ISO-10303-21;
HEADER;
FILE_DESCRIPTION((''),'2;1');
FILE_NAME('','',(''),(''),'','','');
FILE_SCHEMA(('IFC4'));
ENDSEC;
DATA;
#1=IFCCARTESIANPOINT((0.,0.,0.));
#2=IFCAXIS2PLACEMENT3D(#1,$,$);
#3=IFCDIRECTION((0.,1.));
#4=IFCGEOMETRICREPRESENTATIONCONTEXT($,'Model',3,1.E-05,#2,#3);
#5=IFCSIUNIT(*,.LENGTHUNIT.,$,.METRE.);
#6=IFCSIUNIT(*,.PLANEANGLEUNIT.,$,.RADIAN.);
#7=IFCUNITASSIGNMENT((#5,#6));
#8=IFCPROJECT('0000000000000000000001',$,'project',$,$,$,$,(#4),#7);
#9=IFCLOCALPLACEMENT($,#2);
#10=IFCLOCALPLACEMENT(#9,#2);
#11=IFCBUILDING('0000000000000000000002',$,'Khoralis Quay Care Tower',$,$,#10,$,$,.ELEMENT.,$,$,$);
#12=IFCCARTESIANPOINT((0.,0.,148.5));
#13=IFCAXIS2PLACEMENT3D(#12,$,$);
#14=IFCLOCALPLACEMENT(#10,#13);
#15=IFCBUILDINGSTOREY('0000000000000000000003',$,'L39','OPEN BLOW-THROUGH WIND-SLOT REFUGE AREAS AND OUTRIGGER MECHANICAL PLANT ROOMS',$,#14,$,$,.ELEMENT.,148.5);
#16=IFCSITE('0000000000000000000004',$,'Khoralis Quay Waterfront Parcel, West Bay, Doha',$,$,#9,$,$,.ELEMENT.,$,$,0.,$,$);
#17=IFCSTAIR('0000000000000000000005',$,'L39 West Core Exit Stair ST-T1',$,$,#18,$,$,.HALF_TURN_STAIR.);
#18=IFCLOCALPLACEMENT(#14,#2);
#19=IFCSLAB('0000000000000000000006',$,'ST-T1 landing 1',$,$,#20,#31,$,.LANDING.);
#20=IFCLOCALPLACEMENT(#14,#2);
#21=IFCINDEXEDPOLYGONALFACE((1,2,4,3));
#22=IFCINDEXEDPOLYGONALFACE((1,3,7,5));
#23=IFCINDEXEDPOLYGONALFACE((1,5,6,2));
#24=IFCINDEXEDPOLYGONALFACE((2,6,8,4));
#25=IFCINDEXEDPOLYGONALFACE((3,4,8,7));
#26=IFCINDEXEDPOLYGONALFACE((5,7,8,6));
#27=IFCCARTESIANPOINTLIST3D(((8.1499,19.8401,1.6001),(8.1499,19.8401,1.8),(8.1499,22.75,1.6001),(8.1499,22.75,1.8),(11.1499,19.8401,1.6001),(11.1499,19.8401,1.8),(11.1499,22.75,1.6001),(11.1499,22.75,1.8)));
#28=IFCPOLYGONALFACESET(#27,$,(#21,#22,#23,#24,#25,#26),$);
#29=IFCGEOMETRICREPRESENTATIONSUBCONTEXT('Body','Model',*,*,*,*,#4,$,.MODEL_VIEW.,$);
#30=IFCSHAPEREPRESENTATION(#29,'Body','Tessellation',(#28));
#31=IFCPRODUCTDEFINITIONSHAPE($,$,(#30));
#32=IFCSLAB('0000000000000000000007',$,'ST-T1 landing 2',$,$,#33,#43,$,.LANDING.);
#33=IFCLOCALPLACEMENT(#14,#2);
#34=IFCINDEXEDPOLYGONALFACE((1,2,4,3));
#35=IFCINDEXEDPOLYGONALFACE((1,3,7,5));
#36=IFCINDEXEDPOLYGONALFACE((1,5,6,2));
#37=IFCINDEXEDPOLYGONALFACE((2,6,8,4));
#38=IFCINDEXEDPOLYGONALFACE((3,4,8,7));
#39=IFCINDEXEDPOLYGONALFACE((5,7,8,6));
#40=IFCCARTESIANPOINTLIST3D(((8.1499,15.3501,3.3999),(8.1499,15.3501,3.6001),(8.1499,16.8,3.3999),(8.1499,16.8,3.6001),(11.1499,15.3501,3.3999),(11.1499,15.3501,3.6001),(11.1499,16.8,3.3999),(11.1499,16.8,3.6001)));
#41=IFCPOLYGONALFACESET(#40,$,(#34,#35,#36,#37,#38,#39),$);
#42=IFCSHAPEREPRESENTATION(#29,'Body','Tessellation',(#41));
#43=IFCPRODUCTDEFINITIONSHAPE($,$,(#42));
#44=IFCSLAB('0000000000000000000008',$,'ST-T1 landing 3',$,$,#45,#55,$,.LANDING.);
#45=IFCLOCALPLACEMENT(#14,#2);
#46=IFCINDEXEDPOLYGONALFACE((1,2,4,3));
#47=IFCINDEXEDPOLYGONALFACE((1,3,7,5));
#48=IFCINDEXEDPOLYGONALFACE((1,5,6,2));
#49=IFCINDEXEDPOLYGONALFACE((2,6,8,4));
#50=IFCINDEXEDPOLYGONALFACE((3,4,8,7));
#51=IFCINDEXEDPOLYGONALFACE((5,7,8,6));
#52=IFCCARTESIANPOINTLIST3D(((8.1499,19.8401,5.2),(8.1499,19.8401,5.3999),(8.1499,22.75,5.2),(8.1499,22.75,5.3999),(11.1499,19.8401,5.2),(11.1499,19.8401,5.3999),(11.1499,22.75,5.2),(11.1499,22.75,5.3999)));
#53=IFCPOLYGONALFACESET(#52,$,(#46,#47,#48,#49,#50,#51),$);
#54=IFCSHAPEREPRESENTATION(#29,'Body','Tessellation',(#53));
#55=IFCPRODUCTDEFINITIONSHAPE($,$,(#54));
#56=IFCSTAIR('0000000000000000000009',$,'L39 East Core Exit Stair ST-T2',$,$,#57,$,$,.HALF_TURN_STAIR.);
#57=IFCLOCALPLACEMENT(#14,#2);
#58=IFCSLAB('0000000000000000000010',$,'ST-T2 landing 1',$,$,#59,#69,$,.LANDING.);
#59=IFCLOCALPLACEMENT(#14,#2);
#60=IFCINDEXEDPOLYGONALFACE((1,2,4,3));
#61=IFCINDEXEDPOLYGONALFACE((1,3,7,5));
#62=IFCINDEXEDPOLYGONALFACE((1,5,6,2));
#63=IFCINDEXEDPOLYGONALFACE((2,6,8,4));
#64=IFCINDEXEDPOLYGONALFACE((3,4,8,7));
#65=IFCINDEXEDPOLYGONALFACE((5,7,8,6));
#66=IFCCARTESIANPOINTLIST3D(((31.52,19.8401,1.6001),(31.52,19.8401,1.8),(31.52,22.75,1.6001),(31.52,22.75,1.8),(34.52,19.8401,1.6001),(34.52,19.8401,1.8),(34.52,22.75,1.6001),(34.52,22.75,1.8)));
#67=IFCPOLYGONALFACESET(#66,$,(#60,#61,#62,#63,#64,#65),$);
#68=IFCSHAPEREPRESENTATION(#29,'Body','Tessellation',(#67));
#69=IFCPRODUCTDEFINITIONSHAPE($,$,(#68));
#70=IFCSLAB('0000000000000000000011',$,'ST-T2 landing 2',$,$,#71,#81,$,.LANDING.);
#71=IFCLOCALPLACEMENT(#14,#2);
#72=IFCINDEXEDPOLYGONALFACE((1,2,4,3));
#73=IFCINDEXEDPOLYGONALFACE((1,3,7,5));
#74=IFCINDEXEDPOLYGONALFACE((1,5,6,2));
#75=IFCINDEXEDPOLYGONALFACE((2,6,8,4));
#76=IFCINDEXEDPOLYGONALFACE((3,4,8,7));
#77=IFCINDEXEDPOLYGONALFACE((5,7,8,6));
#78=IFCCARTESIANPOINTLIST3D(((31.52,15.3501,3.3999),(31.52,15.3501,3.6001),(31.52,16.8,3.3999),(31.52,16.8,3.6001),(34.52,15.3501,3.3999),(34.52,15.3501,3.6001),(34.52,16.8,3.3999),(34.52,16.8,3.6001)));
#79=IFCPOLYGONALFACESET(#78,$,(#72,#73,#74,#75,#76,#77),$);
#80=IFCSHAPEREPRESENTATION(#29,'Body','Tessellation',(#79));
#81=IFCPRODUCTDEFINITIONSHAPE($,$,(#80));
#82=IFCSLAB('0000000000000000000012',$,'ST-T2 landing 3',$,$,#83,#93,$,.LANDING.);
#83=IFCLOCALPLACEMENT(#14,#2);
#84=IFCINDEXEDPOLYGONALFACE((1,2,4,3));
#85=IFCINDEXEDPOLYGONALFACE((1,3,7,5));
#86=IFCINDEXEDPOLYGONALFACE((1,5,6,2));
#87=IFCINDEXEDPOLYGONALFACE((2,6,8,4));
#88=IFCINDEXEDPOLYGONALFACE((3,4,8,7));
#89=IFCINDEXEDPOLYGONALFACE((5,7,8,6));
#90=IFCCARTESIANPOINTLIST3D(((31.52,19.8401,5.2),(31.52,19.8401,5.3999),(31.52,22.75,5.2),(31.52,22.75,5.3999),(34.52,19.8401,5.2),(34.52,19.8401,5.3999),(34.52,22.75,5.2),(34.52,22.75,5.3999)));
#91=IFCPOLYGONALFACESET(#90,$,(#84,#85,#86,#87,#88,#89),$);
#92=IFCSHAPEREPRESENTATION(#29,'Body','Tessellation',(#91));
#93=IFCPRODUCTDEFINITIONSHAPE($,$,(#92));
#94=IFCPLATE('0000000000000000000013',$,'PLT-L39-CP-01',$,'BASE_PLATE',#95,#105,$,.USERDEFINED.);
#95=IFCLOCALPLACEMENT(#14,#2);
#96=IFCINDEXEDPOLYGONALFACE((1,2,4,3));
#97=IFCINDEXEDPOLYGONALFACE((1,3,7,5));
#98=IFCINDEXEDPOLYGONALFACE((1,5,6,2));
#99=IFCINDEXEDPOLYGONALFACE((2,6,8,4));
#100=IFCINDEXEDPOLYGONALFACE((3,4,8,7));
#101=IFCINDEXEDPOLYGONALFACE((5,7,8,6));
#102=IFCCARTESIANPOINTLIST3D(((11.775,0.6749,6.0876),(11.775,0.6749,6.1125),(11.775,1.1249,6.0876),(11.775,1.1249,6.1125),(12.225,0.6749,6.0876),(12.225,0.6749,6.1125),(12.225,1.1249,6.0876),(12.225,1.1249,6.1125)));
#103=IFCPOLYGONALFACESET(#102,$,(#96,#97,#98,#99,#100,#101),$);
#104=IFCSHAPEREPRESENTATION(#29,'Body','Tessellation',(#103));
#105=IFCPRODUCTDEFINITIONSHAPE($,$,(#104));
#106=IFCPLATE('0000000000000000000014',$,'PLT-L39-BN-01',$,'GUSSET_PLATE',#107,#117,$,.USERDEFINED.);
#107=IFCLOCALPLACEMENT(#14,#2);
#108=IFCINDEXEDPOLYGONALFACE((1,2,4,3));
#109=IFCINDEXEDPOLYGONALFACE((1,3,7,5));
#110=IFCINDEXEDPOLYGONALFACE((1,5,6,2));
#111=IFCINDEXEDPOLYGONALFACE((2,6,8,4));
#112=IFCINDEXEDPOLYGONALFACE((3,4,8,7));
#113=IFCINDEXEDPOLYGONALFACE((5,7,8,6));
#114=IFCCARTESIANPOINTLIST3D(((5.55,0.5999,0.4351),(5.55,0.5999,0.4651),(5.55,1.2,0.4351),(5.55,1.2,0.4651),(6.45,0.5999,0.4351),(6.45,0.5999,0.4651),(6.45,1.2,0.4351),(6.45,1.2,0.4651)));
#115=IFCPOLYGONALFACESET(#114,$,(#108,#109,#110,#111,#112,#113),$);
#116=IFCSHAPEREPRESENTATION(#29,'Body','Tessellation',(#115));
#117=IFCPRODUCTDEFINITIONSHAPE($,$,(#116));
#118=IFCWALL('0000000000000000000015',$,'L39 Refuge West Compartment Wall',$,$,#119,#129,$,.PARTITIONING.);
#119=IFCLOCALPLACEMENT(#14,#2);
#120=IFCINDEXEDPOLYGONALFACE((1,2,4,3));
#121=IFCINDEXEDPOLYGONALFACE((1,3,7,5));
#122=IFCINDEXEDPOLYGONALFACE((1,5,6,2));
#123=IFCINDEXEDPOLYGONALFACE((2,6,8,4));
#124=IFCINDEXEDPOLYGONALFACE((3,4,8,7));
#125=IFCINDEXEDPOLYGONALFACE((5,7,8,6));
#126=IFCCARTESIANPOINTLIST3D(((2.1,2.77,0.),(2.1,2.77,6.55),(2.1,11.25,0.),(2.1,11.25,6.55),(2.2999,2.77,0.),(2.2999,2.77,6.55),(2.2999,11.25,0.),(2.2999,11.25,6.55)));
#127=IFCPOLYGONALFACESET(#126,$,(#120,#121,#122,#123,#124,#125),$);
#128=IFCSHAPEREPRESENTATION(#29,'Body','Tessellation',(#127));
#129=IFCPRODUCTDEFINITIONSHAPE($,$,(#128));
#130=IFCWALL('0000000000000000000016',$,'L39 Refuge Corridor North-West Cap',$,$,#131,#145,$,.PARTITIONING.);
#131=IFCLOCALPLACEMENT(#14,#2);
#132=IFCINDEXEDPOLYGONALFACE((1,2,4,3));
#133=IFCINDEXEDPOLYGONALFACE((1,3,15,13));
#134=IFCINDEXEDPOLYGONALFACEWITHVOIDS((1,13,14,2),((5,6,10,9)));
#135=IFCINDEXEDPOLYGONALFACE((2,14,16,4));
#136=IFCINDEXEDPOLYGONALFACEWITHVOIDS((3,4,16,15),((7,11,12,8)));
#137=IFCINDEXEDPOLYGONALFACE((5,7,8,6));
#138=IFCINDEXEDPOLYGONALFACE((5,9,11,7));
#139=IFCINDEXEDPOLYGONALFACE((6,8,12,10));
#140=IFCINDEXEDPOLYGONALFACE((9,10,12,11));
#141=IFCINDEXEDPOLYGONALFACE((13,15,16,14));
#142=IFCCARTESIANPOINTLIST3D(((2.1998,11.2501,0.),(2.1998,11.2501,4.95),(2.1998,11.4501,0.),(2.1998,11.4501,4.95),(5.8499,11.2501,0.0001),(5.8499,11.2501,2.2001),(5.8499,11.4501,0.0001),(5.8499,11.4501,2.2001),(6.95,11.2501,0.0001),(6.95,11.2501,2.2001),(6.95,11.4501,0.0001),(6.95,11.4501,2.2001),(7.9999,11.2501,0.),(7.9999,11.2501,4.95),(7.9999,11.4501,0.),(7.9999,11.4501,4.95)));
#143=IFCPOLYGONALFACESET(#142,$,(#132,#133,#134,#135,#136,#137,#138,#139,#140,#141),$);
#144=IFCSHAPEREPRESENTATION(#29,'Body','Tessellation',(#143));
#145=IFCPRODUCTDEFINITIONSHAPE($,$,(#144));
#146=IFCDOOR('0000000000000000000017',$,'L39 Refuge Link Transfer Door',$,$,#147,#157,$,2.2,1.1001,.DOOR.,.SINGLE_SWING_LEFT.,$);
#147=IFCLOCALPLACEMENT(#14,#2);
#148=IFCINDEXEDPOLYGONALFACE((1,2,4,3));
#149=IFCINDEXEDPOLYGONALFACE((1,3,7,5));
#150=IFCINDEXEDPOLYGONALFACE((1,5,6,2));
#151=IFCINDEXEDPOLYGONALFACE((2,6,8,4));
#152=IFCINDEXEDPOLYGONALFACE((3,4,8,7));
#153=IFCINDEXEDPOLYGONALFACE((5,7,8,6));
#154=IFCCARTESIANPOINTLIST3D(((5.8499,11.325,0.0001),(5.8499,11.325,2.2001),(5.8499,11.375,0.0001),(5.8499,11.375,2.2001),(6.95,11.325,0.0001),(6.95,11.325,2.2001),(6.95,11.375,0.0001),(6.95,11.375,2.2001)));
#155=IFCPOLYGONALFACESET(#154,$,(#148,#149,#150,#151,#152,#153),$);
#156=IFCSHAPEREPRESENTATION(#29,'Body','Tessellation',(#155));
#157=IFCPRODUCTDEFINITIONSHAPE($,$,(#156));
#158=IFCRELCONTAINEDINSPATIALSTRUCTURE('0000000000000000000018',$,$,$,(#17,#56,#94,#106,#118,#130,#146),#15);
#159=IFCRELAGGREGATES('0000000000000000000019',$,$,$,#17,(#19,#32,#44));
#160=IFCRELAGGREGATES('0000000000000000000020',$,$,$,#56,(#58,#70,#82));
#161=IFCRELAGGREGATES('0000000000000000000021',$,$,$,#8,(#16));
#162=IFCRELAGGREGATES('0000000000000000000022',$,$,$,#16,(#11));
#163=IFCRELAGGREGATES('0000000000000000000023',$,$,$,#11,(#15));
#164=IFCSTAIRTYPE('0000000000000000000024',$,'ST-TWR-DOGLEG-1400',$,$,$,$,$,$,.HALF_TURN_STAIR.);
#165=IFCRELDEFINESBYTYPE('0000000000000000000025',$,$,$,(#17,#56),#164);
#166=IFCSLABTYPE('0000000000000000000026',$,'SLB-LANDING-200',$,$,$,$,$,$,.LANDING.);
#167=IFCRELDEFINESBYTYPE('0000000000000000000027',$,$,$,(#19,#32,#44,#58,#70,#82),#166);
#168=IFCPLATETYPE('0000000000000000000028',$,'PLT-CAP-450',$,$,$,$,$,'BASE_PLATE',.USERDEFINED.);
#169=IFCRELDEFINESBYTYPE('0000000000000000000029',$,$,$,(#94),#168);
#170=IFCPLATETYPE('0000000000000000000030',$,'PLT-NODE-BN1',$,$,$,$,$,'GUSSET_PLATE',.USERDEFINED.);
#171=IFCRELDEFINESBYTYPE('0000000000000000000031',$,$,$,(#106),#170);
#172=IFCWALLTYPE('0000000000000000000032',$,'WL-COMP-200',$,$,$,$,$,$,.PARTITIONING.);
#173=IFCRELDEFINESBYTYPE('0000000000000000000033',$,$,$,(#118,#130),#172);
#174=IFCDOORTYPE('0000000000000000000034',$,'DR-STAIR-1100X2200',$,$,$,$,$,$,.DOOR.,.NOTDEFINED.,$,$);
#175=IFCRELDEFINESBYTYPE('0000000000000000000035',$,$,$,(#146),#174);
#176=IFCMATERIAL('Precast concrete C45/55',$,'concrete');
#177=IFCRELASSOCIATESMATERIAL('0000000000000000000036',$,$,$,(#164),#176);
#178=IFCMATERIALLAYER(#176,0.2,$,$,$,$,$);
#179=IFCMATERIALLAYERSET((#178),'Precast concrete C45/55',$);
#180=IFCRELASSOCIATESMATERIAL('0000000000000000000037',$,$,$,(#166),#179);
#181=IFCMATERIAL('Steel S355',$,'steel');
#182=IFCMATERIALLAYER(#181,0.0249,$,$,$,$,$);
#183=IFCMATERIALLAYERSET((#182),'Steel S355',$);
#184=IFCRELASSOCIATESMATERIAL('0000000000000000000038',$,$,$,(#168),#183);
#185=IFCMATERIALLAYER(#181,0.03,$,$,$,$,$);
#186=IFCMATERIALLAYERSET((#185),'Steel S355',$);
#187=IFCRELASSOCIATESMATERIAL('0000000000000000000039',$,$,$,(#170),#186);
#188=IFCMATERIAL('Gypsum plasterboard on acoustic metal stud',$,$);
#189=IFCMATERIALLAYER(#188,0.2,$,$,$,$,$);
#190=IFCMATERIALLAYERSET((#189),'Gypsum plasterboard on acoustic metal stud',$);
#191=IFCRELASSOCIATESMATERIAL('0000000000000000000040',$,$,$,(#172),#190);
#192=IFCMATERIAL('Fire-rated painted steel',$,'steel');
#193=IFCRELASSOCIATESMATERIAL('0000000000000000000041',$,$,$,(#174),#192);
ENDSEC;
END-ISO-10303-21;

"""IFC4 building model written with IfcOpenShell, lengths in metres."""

from ifc_helpers import new_model, si_unit, direction, frame, frame_2d, origin, origin_2d, place, context, subcontext, project, spatial, polyline, rectangle, outline, extrude, source, transform, mapped, material, layer, layer_set, type_object, element, fill, aggregate, save


model = new_model("IFC4")

# Units and contexts
model_context = context("Model", 3, precision=1e-05, world=origin(), true_north=direction((0.0, 1.0)))
body_context = subcontext(model_context, "Body", "Model", "MODEL_VIEW")
ifc_project = project(units=[si_unit("LENGTHUNIT", "METRE"), si_unit("PLANEANGLEUNIT", "RADIAN")], contexts=[model_context])

# Site, building, storey
site_placement = place(None, origin())
site = spatial("IfcSite", under=ifc_project, at=site_placement, Name="Khoralis Quay Waterfront Parcel, West Bay, Doha", CompositionType="ELEMENT", RefElevation=0.0)
building_placement = place(site_placement, origin())
building = spatial("IfcBuilding", under=site, at=building_placement, Name="Khoralis Quay Care Tower", CompositionType="ELEMENT")
storey_placement = place(building_placement, frame((0.0, 0.0, 148.5)))
storey = spatial("IfcBuildingStorey", under=building, at=storey_placement, Name="L39", Description="OPEN BLOW-THROUGH WIND-SLOT REFUGE AREAS AND OUTRIGGER MECHANICAL PLANT ROOMS", CompositionType="ELEMENT", Elevation=148.5)

# Shared definitions
ifc_material_1 = material(Name="Steel S355", Category="steel")

# Stairs, slabs
ifc_material_2 = material(Name="Precast concrete C45/55", Category="concrete")
stair_type = type_object("IfcStairType", Name="ST-TWR-DOGLEG-1400", PredefinedType="HALF_TURN_STAIR", material=ifc_material_2)
stair_1_placement = place(storey_placement, origin())
stair_1 = element("IfcStair", 1, at=stair_1_placement, inside=storey, type_object=stair_type, Name="L39 West Core Exit Stair ST-T1", PredefinedType="HALF_TURN_STAIR")
ifc_layer_1 = layer(ifc_material_2, 0.2)
ifc_layer_set_1 = layer_set([ifc_layer_1], Name="Precast concrete C45/55")
slab_type_1 = type_object("IfcSlabType", Name="SLB-LANDING-200", PredefinedType="LANDING", material=ifc_layer_set_1)
slab_1_placement = place(storey_placement, frame((0.0, 0.0, 1.6001)))
slab_1 = element("IfcSlab", 2, at=slab_1_placement, type_object=slab_type_1, Name="ST-T1 landing 1", PredefinedType="LANDING", context=body_context, shape_type="SweptSolid", body=[
    extrude(outline(polyline([(11.1499, 19.8401), (11.1499, 22.75), (8.1499, 22.75), (8.1499, 19.8401), (11.1499, 19.8401)])), origin(), (0.0, 0.0, 1.0), 0.2),
])
slab_2_placement = place(storey_placement, frame((0.0, 0.0, 3.3999)))
slab_2 = element("IfcSlab", 3, at=slab_2_placement, type_object=slab_type_1, Name="ST-T1 landing 2", PredefinedType="LANDING", context=body_context, shape_type="SweptSolid", body=[
    extrude(outline(polyline([(11.1499, 15.3501), (11.1499, 16.8), (8.1499, 16.8), (8.1499, 15.3501), (11.1499, 15.3501)])), origin(), (0.0, 0.0, 1.0), 0.2002),
])
slab_3_placement = place(storey_placement, frame((0.0, 0.0, 5.2)))
slab_3 = element("IfcSlab", 4, at=slab_3_placement, type_object=slab_type_1, Name="ST-T1 landing 3", PredefinedType="LANDING", context=body_context, shape_type="SweptSolid", body=[
    extrude(outline(polyline([(11.1499, 19.8401), (11.1499, 22.75), (8.1499, 22.75), (8.1499, 19.8401), (11.1499, 19.8401)])), origin(), (0.0, 0.0, 1.0), 0.2),
])
aggregate(stair_1, [slab_1, slab_2, slab_3])
stair_2_placement = place(storey_placement, origin())
stair_2 = element("IfcStair", 5, at=stair_2_placement, inside=storey, type_object=stair_type, Name="L39 East Core Exit Stair ST-T2", PredefinedType="HALF_TURN_STAIR")
slab_4_placement = place(storey_placement, frame((0.0, 0.0, 1.6001)))
slab_4 = element("IfcSlab", 6, at=slab_4_placement, type_object=slab_type_1, Name="ST-T2 landing 1", PredefinedType="LANDING", context=body_context, shape_type="SweptSolid", body=[
    extrude(outline(polyline([(34.52, 19.8401), (34.52, 22.75), (31.52, 22.75), (31.52, 19.8401), (34.52, 19.8401)])), origin(), (0.0, 0.0, 1.0), 0.2),
])
slab_5_placement = place(storey_placement, frame((0.0, 0.0, 3.3999)))
slab_5 = element("IfcSlab", 7, at=slab_5_placement, type_object=slab_type_1, Name="ST-T2 landing 2", PredefinedType="LANDING", context=body_context, shape_type="SweptSolid", body=[
    extrude(outline(polyline([(34.52, 15.3501), (34.52, 16.8), (31.52, 16.8), (31.52, 15.3501), (34.52, 15.3501)])), origin(), (0.0, 0.0, 1.0), 0.2002),
])
slab_6_placement = place(storey_placement, frame((0.0, 0.0, 5.2)))
slab_6 = element("IfcSlab", 8, at=slab_6_placement, type_object=slab_type_1, Name="ST-T2 landing 3", PredefinedType="LANDING", context=body_context, shape_type="SweptSolid", body=[
    extrude(outline(polyline([(34.52, 19.8401), (34.52, 22.75), (31.52, 22.75), (31.52, 19.8401), (34.52, 19.8401)])), origin(), (0.0, 0.0, 1.0), 0.2),
])
aggregate(stair_2, [slab_4, slab_5, slab_6])

# Plates
ifc_layer_2 = layer(ifc_material_1, 0.0249)
ifc_layer_set_2 = layer_set([ifc_layer_2], Name="Steel S355")
plate_type_1 = type_object("IfcPlateType", Name="PLT-CAP-450", ElementType="BASE_PLATE", PredefinedType="USERDEFINED", material=ifc_layer_set_2)
shared_shape_1 = source(origin(), body_context, "Body", "SweptSolid", [
    extrude(rectangle(XDim=0.45, YDim=0.45, at=origin_2d()), origin(), (0.0, 0.0, 1.0), 0.0249),
])
plate_1_placement = place(storey_placement, frame((12.0, 0.8999, 6.0876), z_axis=(0.0, 0.0, 1.0), x_axis=(1.0, 0.0, 0.0)))
element("IfcPlate", 9, at=plate_1_placement, inside=storey, type_object=plate_type_1, Name="PLT-L39-CP-01", ObjectType="BASE_PLATE", PredefinedType="USERDEFINED", context=body_context, shape_type="MappedRepresentation", body=[
    mapped(shared_shape_1, transform((0.0, 0.0, 0.0), scale=1.0)),
])
ifc_layer_3 = layer(ifc_material_1, 0.03)
ifc_layer_set_3 = layer_set([ifc_layer_3], Name="Steel S355")
plate_type_2 = type_object("IfcPlateType", Name="PLT-NODE-BN1", ElementType="GUSSET_PLATE", PredefinedType="USERDEFINED", material=ifc_layer_set_3)
shared_shape_2 = source(origin(), body_context, "Body", "SweptSolid", [
    extrude(rectangle(XDim=0.8999, YDim=0.6001, at=origin_2d()), origin(), (0.0, 0.0, 1.0), 0.03),
])
plate_2_placement = place(storey_placement, frame((6.0, 0.8999, 0.4351), z_axis=(0.0, 0.0, 1.0), x_axis=(1.0, 0.0, 0.0)))
element("IfcPlate", 10, at=plate_2_placement, inside=storey, type_object=plate_type_2, Name="PLT-L39-BN-01", ObjectType="GUSSET_PLATE", PredefinedType="USERDEFINED", context=body_context, shape_type="MappedRepresentation", body=[
    mapped(shared_shape_2, transform((0.0, 0.0, 0.0), scale=1.0)),
])

# Wall
ifc_material_3 = material(Name="Gypsum plasterboard on acoustic metal stud")
ifc_layer_4 = layer(ifc_material_3, 0.2)
ifc_layer_set_4 = layer_set([ifc_layer_4], Name="Gypsum plasterboard on acoustic metal stud")
wall_type_1 = type_object("IfcWallType", Name="WL-COMP-200", PredefinedType="PARTITIONING", material=ifc_layer_set_4)
wall_1_placement = place(storey_placement, frame((2.2, 2.77, 0.0), z_axis=(0.0, 0.0, 1.0), x_axis=(0.0, 1.0, 0.0)))
element("IfcWall", 11, at=wall_1_placement, inside=storey, type_object=wall_type_1, Name="L39 Refuge West Compartment Wall", PredefinedType="PARTITIONING", context=body_context, shape_type="SweptSolid", body=[
    extrude(rectangle(XDim=8.48, YDim=0.2, at=frame_2d((4.24, 0.0))), origin(), (0.0, 0.0, 1.0), 6.55),
])

# Wall, opening, door
wall_2_placement = place(storey_placement, frame((2.2, 11.3501, 0.0), z_axis=(0.0, 0.0, 1.0), x_axis=(1.0, 0.0, 0.0)))
wall_2 = element("IfcWall", 12, at=wall_2_placement, inside=storey, type_object=wall_type_1, Name="L39 Refuge Corridor North-West Cap", PredefinedType="PARTITIONING", context=body_context, shape_type="SweptSolid", body=[
    extrude(rectangle(XDim=5.8, YDim=0.2, at=frame_2d((2.8999, 0.0))), origin(), (0.0, 0.0, 1.0), 4.95),
])
opening_1_placement = place(wall_2_placement, frame((3.6499, 0.0, 0.0)))
opening_1 = element("IfcOpeningElement", 13, at=opening_1_placement, cuts=wall_2, PredefinedType="OPENING", context=body_context, shape_type="SweptSolid", body=[
    extrude(rectangle(XDim=1.1001, YDim=2.2, at=frame_2d((0.55, 1.1001))), frame((0.0, 0.1099, 0.0), z_axis=(0.0, -1.0, 0.0), x_axis=(1.0, 0.0, 0.0)), (0.0, 0.0, 1.0), 0.22),
])
ifc_material_4 = material(Name="Fire-rated painted steel", Category="steel")
door_type_1 = type_object("IfcDoorType", Name="DR-STAIR-1100X2200", OperationType="NOTDEFINED", PredefinedType="DOOR", material=ifc_material_4)
shared_shape_3 = source(origin(), body_context, "Body", "SweptSolid", [
    extrude(rectangle(XDim=1.1001, YDim=2.2, at=frame_2d((0.55, 1.1001))), frame((0.0, 0.0249, 0.0), z_axis=(0.0, -1.0, 0.0), x_axis=(1.0, 0.0, 0.0)), (0.0, 0.0, 1.0), 0.05),
])
door_1_placement = place(opening_1_placement, origin())
door_1 = element("IfcDoor", 14, at=door_1_placement, inside=storey, type_object=door_type_1, Name="L39 Refuge Link Transfer Door", OperationType="SINGLE_SWING_LEFT", OverallHeight=2.2, OverallWidth=1.1001, PredefinedType="DOOR", context=body_context, shape_type="MappedRepresentation", body=[
    mapped(shared_shape_3, transform((0.0, 0.0, 0.0), scale=1.0)),
])
fill(opening_1, door_1)

save(model, "model.ifc")
